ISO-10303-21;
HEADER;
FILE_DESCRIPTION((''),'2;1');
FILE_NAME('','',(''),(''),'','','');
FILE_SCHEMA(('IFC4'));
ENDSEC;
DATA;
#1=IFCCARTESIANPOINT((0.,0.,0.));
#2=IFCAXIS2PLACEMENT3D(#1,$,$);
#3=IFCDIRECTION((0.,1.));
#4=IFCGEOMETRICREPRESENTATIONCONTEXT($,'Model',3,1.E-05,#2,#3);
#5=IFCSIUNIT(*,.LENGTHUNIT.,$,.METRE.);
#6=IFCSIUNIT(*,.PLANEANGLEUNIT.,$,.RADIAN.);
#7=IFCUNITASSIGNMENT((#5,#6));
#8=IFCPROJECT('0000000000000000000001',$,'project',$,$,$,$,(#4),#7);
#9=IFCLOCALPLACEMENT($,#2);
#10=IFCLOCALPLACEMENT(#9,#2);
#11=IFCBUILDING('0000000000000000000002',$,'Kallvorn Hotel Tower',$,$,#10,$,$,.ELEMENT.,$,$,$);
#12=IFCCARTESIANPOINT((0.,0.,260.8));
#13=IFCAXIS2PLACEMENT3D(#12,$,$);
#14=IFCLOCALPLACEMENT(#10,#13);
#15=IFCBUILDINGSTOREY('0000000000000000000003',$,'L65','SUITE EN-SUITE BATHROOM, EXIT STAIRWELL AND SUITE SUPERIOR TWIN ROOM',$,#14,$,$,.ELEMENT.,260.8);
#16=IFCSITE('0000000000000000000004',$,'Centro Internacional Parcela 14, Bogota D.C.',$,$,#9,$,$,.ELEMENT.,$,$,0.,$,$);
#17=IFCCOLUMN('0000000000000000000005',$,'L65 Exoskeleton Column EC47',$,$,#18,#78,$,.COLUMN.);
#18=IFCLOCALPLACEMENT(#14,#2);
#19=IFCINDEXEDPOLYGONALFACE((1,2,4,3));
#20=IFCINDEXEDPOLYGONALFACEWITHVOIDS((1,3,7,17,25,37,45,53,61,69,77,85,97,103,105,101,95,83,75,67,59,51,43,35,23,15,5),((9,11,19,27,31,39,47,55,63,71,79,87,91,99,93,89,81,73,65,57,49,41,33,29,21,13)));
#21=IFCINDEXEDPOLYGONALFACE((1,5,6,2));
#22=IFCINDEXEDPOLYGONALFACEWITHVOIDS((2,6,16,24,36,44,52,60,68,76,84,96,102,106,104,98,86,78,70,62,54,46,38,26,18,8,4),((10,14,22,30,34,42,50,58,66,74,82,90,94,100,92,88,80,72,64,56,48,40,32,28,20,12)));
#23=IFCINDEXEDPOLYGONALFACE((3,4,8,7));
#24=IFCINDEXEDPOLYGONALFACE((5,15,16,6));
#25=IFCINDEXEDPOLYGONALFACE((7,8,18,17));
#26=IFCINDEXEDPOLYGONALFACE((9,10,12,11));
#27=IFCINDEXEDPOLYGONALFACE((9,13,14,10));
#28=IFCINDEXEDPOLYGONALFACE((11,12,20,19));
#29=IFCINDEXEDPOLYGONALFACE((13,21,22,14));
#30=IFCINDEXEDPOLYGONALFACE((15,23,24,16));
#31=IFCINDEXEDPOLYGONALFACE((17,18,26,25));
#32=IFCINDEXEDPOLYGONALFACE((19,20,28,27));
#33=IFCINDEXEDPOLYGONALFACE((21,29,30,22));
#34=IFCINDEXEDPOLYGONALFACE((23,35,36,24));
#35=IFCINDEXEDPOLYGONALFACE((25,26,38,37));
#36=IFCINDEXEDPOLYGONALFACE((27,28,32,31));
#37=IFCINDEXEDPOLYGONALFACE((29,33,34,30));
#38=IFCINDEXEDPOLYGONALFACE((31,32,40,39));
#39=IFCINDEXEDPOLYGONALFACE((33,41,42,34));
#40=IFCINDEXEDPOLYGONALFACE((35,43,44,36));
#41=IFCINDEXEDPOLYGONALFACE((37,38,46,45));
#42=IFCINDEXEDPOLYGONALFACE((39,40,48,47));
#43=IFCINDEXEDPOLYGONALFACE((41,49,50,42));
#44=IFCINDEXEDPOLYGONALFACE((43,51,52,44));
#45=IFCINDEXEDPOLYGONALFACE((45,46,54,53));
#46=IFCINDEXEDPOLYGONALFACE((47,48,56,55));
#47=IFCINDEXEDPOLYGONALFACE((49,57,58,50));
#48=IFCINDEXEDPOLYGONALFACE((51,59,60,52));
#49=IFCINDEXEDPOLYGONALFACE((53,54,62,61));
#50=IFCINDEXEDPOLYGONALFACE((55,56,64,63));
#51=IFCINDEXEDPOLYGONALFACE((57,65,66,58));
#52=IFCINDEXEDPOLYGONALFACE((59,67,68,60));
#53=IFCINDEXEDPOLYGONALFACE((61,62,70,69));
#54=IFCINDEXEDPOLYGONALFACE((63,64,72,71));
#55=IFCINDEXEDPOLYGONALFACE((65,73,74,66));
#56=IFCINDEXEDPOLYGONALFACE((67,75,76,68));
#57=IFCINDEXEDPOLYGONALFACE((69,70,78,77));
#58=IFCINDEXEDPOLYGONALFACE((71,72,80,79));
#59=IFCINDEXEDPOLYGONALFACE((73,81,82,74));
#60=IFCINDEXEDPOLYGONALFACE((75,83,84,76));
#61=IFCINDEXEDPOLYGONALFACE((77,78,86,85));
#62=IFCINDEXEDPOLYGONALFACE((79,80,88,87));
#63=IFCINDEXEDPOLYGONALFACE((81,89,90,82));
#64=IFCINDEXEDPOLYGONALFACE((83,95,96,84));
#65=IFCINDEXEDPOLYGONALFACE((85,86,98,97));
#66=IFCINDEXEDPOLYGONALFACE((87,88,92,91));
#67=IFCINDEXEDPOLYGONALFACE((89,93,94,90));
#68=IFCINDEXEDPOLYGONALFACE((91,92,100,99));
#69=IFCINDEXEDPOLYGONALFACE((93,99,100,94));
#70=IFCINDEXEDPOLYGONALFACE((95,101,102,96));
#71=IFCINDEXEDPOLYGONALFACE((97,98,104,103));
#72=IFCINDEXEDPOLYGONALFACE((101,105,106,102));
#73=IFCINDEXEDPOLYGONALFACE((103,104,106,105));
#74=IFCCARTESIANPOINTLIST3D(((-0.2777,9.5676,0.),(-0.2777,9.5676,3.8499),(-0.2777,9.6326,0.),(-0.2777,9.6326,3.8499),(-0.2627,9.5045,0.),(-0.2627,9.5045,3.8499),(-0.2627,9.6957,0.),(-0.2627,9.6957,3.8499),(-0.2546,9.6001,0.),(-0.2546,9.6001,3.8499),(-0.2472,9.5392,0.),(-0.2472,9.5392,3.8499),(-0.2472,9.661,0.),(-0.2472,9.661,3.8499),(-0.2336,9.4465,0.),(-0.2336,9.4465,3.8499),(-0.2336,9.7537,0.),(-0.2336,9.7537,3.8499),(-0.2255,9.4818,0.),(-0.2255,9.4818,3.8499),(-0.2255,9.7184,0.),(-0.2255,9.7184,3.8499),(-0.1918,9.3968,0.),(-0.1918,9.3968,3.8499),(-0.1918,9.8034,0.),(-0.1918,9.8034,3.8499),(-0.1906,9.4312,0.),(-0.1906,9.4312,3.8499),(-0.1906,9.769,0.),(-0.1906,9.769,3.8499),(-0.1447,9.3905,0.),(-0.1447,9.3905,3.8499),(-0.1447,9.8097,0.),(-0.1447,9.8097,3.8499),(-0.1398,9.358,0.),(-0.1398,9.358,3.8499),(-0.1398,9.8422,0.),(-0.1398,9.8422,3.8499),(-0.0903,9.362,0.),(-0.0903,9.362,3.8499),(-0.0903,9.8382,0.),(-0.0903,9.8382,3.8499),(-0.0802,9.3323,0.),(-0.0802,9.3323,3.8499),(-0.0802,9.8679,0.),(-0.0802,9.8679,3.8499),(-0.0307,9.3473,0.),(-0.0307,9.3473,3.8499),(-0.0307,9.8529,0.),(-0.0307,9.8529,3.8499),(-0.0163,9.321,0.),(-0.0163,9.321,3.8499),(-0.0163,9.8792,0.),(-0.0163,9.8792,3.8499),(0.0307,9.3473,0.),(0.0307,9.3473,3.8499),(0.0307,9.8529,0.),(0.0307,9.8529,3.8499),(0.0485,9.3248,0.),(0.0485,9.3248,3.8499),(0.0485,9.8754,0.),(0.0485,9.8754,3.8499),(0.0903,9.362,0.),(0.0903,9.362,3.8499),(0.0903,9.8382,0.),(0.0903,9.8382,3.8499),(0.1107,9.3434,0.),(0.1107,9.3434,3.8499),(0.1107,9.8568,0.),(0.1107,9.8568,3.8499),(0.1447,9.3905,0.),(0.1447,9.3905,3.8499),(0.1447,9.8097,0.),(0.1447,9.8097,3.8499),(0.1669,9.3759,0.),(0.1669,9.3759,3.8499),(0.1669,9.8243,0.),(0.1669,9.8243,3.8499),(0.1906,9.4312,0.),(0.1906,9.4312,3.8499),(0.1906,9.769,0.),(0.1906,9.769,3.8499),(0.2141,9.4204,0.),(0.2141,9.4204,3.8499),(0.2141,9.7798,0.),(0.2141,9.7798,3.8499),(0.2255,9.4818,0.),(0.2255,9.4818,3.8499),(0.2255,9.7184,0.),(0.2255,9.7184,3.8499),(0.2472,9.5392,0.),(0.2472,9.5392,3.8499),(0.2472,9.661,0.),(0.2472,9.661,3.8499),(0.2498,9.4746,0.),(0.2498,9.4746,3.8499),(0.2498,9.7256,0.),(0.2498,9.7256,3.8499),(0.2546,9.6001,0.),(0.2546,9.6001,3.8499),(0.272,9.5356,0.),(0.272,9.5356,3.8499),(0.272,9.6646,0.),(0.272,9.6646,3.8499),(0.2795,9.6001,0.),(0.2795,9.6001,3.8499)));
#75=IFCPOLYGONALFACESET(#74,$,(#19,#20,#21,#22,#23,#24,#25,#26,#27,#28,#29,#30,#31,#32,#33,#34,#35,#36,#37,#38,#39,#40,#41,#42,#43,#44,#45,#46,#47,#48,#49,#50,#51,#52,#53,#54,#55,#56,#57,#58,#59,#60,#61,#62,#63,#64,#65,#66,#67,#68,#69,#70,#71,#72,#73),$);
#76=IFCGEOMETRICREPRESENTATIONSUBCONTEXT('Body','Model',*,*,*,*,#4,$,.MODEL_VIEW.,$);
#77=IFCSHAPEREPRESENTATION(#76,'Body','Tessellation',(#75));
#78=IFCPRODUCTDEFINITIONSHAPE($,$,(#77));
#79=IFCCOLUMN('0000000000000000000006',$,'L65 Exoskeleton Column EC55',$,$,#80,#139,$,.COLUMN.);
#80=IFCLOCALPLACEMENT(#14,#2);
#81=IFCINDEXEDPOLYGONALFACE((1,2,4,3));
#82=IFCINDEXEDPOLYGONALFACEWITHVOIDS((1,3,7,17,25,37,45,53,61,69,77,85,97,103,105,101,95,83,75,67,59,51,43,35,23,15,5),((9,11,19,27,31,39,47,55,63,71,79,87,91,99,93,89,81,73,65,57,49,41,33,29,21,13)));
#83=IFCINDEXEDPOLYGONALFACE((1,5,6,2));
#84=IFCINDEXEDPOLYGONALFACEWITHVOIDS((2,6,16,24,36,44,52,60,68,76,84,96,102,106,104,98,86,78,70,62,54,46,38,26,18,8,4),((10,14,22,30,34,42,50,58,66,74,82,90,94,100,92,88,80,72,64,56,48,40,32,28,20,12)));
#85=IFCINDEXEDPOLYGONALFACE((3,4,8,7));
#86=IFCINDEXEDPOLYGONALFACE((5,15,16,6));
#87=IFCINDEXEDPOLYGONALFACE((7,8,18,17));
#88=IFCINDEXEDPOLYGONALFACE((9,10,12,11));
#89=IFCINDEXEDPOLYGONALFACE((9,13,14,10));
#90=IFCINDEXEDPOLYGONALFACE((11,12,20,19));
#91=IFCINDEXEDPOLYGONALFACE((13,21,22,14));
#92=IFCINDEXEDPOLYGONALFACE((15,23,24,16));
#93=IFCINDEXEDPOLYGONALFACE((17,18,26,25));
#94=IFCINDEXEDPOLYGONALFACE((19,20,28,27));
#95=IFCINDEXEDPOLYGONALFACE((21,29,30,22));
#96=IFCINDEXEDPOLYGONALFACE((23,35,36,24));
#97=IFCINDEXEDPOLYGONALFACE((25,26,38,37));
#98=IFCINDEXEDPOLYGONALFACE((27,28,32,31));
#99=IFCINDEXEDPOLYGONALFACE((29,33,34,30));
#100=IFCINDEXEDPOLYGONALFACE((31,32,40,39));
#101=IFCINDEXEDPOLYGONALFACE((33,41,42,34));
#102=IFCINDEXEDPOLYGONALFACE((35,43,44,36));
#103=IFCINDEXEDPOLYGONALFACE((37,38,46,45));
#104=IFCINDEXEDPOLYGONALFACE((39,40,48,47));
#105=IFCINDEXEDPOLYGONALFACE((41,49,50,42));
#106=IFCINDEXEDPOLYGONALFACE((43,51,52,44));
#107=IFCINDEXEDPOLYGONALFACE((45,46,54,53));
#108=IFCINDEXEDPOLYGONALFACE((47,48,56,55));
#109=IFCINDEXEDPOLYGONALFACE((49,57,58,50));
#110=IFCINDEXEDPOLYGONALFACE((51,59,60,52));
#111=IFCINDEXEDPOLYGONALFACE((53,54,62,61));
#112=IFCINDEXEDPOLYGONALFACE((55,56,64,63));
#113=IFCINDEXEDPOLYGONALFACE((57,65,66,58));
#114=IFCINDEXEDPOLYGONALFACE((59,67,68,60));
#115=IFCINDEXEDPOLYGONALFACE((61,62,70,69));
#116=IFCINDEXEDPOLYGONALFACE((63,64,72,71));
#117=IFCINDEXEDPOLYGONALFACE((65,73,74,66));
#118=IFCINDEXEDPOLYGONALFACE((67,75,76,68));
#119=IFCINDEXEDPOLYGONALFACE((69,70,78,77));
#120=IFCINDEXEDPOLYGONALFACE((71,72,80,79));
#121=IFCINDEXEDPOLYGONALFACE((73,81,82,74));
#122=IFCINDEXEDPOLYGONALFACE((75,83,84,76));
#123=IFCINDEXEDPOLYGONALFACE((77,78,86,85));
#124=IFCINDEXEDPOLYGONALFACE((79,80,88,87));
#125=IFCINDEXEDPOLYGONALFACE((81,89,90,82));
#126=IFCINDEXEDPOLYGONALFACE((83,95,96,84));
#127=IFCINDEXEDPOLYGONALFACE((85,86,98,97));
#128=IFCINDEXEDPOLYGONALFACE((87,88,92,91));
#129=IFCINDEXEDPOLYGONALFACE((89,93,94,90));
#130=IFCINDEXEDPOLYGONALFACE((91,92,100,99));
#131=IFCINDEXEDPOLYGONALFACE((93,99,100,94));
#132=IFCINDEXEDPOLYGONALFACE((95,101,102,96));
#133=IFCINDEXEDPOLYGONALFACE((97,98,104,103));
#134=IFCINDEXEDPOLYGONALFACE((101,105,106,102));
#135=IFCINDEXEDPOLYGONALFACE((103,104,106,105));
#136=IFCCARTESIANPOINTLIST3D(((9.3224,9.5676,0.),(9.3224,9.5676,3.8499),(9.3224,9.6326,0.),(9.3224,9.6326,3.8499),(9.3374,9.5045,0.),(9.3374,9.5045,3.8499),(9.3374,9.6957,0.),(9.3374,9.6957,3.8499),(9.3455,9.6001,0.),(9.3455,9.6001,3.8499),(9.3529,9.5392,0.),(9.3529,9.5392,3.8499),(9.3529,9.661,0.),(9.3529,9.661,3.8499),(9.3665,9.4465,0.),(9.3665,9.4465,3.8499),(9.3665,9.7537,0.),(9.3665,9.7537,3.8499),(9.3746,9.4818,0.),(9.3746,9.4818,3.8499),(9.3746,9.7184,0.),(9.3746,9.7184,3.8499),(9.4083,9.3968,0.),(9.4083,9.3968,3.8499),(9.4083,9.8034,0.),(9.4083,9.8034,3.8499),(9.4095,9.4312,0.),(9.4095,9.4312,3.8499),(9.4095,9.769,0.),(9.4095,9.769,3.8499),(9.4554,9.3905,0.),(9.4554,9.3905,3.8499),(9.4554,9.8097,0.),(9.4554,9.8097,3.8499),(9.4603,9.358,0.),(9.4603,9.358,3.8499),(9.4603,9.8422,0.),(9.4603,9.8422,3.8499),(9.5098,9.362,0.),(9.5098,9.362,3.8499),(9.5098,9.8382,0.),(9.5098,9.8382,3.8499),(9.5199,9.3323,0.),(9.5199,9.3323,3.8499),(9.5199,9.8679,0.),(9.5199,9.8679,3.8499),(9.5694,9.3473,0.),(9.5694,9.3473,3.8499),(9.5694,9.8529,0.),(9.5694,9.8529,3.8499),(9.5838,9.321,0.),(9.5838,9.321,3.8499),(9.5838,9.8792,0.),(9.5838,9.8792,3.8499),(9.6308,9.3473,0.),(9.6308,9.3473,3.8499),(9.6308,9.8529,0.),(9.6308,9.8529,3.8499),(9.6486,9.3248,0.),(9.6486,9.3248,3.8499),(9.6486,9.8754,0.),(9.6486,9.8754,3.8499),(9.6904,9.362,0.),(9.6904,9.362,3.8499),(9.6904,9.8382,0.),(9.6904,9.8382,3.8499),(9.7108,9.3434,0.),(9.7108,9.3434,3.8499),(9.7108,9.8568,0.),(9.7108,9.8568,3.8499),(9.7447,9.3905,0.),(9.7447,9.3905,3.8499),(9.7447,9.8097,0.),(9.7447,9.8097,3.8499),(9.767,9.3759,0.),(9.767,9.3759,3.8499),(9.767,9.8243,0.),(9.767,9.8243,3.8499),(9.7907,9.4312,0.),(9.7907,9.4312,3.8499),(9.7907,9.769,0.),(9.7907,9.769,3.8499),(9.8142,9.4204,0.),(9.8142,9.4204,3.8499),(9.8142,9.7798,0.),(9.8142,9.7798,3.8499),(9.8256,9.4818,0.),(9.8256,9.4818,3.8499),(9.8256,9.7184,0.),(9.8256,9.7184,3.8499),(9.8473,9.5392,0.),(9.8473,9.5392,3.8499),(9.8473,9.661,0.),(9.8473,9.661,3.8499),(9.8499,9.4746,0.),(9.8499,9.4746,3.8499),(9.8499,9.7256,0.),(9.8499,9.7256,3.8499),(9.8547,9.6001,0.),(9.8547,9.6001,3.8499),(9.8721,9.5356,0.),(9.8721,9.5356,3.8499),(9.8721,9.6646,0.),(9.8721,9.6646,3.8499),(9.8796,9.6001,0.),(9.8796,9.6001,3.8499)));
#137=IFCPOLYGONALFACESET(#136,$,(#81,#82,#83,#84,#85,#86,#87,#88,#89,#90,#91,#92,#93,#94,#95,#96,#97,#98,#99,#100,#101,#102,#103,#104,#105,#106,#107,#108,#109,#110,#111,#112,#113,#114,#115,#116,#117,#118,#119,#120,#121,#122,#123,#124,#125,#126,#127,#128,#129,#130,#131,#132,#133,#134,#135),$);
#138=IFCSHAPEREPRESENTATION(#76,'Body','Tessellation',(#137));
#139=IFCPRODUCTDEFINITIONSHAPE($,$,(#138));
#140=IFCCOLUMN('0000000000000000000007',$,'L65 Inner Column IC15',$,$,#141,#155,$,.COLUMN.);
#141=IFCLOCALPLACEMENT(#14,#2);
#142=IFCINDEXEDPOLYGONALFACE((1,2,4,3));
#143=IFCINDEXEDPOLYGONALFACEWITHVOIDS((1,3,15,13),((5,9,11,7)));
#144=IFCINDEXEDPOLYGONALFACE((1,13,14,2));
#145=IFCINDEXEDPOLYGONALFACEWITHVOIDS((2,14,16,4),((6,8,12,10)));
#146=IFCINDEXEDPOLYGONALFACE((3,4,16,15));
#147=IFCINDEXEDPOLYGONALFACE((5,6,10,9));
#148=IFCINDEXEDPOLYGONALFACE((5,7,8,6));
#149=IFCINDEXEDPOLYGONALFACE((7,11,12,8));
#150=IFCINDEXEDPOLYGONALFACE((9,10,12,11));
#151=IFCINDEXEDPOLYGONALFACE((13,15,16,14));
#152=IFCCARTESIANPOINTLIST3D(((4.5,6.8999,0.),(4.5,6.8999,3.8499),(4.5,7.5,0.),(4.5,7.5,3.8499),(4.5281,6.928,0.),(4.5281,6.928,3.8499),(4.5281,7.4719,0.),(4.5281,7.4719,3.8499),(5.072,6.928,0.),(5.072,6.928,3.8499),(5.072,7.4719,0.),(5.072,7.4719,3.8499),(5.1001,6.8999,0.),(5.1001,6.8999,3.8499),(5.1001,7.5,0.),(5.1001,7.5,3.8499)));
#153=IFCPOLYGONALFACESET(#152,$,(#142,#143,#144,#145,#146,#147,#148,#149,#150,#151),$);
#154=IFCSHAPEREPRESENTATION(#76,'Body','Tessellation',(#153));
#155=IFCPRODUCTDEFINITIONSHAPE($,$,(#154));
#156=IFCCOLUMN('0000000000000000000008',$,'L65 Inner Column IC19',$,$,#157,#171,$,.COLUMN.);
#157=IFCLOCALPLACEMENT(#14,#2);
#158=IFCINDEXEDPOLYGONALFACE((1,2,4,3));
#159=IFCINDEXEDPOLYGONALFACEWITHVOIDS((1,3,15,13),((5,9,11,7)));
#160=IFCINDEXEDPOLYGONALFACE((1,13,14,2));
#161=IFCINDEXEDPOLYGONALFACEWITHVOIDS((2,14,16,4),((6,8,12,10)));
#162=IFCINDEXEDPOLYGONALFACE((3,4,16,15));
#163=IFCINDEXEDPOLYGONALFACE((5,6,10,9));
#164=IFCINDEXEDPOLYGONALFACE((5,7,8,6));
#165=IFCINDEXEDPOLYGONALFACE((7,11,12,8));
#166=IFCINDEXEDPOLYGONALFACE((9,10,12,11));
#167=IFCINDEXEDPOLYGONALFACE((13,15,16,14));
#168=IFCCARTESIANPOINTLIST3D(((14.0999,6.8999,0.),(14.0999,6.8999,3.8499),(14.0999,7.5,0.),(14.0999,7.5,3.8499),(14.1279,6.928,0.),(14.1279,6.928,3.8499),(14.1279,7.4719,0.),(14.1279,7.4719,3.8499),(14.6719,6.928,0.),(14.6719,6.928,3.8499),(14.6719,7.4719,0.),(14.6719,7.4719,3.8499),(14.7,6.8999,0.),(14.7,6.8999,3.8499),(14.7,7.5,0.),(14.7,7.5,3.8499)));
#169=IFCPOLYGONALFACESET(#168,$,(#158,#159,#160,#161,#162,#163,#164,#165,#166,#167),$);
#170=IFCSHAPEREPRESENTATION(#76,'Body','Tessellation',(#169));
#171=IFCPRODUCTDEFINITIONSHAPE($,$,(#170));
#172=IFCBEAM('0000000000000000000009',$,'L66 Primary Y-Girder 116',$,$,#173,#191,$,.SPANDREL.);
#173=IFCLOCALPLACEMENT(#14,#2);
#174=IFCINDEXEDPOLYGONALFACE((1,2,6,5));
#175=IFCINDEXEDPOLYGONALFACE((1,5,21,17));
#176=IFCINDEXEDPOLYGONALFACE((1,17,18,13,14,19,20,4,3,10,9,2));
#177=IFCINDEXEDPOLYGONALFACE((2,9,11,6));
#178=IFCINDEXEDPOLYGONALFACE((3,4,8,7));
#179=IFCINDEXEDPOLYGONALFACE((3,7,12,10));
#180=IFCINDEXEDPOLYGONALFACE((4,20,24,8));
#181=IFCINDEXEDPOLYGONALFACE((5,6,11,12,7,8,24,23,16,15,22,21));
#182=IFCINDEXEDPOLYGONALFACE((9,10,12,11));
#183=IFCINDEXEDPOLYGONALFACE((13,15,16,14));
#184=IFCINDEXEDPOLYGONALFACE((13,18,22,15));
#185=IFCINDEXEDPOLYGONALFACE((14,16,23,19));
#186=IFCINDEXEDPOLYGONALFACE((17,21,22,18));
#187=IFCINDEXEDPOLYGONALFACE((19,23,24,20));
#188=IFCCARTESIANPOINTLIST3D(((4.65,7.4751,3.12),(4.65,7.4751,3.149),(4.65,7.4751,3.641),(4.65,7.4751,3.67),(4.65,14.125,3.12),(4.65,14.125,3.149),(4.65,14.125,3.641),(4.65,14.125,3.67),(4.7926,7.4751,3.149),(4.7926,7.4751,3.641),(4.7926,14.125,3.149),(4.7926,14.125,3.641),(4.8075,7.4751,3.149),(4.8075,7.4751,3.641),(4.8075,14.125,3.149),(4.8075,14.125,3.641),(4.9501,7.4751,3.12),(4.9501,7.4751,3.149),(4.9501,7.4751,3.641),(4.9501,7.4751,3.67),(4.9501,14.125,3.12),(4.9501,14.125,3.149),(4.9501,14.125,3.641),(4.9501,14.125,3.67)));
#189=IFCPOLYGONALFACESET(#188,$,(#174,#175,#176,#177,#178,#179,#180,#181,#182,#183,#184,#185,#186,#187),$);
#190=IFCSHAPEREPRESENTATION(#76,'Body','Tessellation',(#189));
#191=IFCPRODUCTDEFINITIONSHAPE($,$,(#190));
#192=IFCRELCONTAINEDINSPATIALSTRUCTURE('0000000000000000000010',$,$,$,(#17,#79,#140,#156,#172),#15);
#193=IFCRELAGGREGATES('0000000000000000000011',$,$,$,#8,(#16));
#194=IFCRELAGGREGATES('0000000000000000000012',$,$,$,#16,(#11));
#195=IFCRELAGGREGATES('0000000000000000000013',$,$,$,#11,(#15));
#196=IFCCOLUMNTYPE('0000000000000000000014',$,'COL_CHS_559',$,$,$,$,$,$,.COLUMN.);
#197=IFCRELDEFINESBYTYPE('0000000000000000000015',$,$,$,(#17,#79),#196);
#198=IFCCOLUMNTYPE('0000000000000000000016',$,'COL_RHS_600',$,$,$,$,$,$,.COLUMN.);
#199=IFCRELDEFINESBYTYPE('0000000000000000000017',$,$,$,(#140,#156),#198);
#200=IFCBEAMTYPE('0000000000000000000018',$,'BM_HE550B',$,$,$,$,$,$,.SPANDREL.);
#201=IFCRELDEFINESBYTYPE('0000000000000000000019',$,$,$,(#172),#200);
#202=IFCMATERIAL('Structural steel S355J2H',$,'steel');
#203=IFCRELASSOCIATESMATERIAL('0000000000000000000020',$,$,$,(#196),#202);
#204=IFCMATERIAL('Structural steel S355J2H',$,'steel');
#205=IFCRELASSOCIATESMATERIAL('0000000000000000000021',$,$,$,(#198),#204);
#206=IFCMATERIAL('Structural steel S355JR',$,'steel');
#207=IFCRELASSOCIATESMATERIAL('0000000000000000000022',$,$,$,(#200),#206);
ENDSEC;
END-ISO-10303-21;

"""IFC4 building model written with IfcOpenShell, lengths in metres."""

from ifc_helpers import new_model, si_unit, direction, frame, origin, origin_2d, place, context, subcontext, project, spatial, hollow_rectangle, hollow_circle, i_section, extrude, material, material_profile, profile_set, type_object, element, save


model = new_model("IFC4")

# Units and contexts
model_context = context("Model", 3, precision=1e-05, world=origin(), true_north=direction((0.0, 1.0)))
body_context = subcontext(model_context, "Body", "Model", "MODEL_VIEW")
ifc_project = project(units=[si_unit("LENGTHUNIT", "METRE"), si_unit("PLANEANGLEUNIT", "RADIAN")], contexts=[model_context])

# Site, building, storey
site_placement = place(None, origin())
site = spatial("IfcSite", under=ifc_project, at=site_placement, Name="Centro Internacional Parcela 14, Bogota D.C.", CompositionType="ELEMENT", RefElevation=0.0)
building_placement = place(site_placement, origin())
building = spatial("IfcBuilding", under=site, at=building_placement, Name="Kallvorn Hotel Tower", CompositionType="ELEMENT")
storey_placement = place(building_placement, frame((0.0, 0.0, 260.8)))
storey = spatial("IfcBuildingStorey", under=building, at=storey_placement, Name="L65", Description="SUITE EN-SUITE BATHROOM, EXIT STAIRWELL AND SUITE SUPERIOR TWIN ROOM", CompositionType="ELEMENT", Elevation=260.8)

# Columns
ifc_material_1 = material(Name="Structural steel S355J2H", Category="steel")
ifc_material_profile_1 = material_profile(ifc_material_1, hollow_circle(Radius=0.2795, WallThickness=0.0249, at=origin_2d()), Name="CHS 559x25")
ifc_profile_set_1 = profile_set([ifc_material_profile_1], Name="Structural steel S355J2H")
column_type_1 = type_object("IfcColumnType", Name="COL_CHS_559", PredefinedType="COLUMN", material=ifc_profile_set_1)
for number, where, z_axis, x_axis, name in (
    (1, (0.0, 9.6001, 0.0), (0.0, 0.0, 1.0), (1.0, 0.0, 0.0), "L65 Exoskeleton Column EC47"),
    (2, (9.6001, 9.6001, 0.0), (0.0, 0.0, 1.0), (1.0, 0.0, 0.0), "L65 Exoskeleton Column EC55"),
):
    element("IfcColumn", number, at=place(storey_placement, frame(where, z_axis=z_axis, x_axis=x_axis)), inside=storey, type_object=column_type_1, Name=name, PredefinedType="COLUMN", context=body_context, shape_type="SweptSolid", body=[
        extrude(hollow_circle(Radius=0.2795, WallThickness=0.0249, at=origin_2d()), origin(), (0.0, 0.0, 1.0), 3.8499),
    ])
ifc_material_2 = material(Name="Structural steel S355J2H", Category="steel")
ifc_material_profile_2 = material_profile(ifc_material_2, hollow_rectangle(XDim=0.6001, YDim=0.6001, WallThickness=0.0281, at=origin_2d()), Name="RHS 600x600x28")
ifc_profile_set_2 = profile_set([ifc_material_profile_2], Name="Structural steel S355J2H")
column_type_2 = type_object("IfcColumnType", Name="COL_RHS_600", PredefinedType="COLUMN", material=ifc_profile_set_2)
for number, where, z_axis, x_axis, name in (
    (3, (4.8, 7.2, 0.0), (0.0, 0.0, 1.0), (1.0, 0.0, 0.0), "L65 Inner Column IC15"),
    (4, (14.3999, 7.2, 0.0), (0.0, 0.0, 1.0), (1.0, 0.0, 0.0), "L65 Inner Column IC19"),
):
    element("IfcColumn", number, at=place(storey_placement, frame(where, z_axis=z_axis, x_axis=x_axis)), inside=storey, type_object=column_type_2, Name=name, PredefinedType="COLUMN", context=body_context, shape_type="SweptSolid", body=[
        extrude(hollow_rectangle(XDim=0.6001, YDim=0.6001, WallThickness=0.0281, at=origin_2d()), origin(), (0.0, 0.0, 1.0), 3.8499),
    ])

# Beam
ifc_material_3 = material(Name="Structural steel S355JR", Category="steel")
ifc_material_profile_3 = material_profile(ifc_material_3, i_section(OverallWidth=0.3, OverallDepth=0.55, WebThickness=0.0149, FlangeThickness=0.0291, at=origin_2d()), Name="HE 550 B")
ifc_profile_set_3 = profile_set([ifc_material_profile_3], Name="Structural steel S355JR")
beam_type_1 = type_object("IfcBeamType", Name="BM_HE550B", PredefinedType="SPANDREL", material=ifc_profile_set_3)
for number, where, z_axis, x_axis, name in (
    (5, (4.8, 7.4751, 3.395), (0.0, 1.0, 0.0), (-1.0, 0.0, 0.0), "L66 Primary Y-Girder 116"),
):
    element("IfcBeam", number, at=place(storey_placement, frame(where, z_axis=z_axis, x_axis=x_axis)), inside=storey, type_object=beam_type_1, Name=name, PredefinedType="SPANDREL", context=body_context, shape_type="SweptSolid", body=[
        extrude(i_section(OverallWidth=0.3, OverallDepth=0.55, WebThickness=0.0149, FlangeThickness=0.0291, at=origin_2d()), origin(), (0.0, 0.0, 1.0), 6.6499),
    ])

save(model, "model.ifc")
